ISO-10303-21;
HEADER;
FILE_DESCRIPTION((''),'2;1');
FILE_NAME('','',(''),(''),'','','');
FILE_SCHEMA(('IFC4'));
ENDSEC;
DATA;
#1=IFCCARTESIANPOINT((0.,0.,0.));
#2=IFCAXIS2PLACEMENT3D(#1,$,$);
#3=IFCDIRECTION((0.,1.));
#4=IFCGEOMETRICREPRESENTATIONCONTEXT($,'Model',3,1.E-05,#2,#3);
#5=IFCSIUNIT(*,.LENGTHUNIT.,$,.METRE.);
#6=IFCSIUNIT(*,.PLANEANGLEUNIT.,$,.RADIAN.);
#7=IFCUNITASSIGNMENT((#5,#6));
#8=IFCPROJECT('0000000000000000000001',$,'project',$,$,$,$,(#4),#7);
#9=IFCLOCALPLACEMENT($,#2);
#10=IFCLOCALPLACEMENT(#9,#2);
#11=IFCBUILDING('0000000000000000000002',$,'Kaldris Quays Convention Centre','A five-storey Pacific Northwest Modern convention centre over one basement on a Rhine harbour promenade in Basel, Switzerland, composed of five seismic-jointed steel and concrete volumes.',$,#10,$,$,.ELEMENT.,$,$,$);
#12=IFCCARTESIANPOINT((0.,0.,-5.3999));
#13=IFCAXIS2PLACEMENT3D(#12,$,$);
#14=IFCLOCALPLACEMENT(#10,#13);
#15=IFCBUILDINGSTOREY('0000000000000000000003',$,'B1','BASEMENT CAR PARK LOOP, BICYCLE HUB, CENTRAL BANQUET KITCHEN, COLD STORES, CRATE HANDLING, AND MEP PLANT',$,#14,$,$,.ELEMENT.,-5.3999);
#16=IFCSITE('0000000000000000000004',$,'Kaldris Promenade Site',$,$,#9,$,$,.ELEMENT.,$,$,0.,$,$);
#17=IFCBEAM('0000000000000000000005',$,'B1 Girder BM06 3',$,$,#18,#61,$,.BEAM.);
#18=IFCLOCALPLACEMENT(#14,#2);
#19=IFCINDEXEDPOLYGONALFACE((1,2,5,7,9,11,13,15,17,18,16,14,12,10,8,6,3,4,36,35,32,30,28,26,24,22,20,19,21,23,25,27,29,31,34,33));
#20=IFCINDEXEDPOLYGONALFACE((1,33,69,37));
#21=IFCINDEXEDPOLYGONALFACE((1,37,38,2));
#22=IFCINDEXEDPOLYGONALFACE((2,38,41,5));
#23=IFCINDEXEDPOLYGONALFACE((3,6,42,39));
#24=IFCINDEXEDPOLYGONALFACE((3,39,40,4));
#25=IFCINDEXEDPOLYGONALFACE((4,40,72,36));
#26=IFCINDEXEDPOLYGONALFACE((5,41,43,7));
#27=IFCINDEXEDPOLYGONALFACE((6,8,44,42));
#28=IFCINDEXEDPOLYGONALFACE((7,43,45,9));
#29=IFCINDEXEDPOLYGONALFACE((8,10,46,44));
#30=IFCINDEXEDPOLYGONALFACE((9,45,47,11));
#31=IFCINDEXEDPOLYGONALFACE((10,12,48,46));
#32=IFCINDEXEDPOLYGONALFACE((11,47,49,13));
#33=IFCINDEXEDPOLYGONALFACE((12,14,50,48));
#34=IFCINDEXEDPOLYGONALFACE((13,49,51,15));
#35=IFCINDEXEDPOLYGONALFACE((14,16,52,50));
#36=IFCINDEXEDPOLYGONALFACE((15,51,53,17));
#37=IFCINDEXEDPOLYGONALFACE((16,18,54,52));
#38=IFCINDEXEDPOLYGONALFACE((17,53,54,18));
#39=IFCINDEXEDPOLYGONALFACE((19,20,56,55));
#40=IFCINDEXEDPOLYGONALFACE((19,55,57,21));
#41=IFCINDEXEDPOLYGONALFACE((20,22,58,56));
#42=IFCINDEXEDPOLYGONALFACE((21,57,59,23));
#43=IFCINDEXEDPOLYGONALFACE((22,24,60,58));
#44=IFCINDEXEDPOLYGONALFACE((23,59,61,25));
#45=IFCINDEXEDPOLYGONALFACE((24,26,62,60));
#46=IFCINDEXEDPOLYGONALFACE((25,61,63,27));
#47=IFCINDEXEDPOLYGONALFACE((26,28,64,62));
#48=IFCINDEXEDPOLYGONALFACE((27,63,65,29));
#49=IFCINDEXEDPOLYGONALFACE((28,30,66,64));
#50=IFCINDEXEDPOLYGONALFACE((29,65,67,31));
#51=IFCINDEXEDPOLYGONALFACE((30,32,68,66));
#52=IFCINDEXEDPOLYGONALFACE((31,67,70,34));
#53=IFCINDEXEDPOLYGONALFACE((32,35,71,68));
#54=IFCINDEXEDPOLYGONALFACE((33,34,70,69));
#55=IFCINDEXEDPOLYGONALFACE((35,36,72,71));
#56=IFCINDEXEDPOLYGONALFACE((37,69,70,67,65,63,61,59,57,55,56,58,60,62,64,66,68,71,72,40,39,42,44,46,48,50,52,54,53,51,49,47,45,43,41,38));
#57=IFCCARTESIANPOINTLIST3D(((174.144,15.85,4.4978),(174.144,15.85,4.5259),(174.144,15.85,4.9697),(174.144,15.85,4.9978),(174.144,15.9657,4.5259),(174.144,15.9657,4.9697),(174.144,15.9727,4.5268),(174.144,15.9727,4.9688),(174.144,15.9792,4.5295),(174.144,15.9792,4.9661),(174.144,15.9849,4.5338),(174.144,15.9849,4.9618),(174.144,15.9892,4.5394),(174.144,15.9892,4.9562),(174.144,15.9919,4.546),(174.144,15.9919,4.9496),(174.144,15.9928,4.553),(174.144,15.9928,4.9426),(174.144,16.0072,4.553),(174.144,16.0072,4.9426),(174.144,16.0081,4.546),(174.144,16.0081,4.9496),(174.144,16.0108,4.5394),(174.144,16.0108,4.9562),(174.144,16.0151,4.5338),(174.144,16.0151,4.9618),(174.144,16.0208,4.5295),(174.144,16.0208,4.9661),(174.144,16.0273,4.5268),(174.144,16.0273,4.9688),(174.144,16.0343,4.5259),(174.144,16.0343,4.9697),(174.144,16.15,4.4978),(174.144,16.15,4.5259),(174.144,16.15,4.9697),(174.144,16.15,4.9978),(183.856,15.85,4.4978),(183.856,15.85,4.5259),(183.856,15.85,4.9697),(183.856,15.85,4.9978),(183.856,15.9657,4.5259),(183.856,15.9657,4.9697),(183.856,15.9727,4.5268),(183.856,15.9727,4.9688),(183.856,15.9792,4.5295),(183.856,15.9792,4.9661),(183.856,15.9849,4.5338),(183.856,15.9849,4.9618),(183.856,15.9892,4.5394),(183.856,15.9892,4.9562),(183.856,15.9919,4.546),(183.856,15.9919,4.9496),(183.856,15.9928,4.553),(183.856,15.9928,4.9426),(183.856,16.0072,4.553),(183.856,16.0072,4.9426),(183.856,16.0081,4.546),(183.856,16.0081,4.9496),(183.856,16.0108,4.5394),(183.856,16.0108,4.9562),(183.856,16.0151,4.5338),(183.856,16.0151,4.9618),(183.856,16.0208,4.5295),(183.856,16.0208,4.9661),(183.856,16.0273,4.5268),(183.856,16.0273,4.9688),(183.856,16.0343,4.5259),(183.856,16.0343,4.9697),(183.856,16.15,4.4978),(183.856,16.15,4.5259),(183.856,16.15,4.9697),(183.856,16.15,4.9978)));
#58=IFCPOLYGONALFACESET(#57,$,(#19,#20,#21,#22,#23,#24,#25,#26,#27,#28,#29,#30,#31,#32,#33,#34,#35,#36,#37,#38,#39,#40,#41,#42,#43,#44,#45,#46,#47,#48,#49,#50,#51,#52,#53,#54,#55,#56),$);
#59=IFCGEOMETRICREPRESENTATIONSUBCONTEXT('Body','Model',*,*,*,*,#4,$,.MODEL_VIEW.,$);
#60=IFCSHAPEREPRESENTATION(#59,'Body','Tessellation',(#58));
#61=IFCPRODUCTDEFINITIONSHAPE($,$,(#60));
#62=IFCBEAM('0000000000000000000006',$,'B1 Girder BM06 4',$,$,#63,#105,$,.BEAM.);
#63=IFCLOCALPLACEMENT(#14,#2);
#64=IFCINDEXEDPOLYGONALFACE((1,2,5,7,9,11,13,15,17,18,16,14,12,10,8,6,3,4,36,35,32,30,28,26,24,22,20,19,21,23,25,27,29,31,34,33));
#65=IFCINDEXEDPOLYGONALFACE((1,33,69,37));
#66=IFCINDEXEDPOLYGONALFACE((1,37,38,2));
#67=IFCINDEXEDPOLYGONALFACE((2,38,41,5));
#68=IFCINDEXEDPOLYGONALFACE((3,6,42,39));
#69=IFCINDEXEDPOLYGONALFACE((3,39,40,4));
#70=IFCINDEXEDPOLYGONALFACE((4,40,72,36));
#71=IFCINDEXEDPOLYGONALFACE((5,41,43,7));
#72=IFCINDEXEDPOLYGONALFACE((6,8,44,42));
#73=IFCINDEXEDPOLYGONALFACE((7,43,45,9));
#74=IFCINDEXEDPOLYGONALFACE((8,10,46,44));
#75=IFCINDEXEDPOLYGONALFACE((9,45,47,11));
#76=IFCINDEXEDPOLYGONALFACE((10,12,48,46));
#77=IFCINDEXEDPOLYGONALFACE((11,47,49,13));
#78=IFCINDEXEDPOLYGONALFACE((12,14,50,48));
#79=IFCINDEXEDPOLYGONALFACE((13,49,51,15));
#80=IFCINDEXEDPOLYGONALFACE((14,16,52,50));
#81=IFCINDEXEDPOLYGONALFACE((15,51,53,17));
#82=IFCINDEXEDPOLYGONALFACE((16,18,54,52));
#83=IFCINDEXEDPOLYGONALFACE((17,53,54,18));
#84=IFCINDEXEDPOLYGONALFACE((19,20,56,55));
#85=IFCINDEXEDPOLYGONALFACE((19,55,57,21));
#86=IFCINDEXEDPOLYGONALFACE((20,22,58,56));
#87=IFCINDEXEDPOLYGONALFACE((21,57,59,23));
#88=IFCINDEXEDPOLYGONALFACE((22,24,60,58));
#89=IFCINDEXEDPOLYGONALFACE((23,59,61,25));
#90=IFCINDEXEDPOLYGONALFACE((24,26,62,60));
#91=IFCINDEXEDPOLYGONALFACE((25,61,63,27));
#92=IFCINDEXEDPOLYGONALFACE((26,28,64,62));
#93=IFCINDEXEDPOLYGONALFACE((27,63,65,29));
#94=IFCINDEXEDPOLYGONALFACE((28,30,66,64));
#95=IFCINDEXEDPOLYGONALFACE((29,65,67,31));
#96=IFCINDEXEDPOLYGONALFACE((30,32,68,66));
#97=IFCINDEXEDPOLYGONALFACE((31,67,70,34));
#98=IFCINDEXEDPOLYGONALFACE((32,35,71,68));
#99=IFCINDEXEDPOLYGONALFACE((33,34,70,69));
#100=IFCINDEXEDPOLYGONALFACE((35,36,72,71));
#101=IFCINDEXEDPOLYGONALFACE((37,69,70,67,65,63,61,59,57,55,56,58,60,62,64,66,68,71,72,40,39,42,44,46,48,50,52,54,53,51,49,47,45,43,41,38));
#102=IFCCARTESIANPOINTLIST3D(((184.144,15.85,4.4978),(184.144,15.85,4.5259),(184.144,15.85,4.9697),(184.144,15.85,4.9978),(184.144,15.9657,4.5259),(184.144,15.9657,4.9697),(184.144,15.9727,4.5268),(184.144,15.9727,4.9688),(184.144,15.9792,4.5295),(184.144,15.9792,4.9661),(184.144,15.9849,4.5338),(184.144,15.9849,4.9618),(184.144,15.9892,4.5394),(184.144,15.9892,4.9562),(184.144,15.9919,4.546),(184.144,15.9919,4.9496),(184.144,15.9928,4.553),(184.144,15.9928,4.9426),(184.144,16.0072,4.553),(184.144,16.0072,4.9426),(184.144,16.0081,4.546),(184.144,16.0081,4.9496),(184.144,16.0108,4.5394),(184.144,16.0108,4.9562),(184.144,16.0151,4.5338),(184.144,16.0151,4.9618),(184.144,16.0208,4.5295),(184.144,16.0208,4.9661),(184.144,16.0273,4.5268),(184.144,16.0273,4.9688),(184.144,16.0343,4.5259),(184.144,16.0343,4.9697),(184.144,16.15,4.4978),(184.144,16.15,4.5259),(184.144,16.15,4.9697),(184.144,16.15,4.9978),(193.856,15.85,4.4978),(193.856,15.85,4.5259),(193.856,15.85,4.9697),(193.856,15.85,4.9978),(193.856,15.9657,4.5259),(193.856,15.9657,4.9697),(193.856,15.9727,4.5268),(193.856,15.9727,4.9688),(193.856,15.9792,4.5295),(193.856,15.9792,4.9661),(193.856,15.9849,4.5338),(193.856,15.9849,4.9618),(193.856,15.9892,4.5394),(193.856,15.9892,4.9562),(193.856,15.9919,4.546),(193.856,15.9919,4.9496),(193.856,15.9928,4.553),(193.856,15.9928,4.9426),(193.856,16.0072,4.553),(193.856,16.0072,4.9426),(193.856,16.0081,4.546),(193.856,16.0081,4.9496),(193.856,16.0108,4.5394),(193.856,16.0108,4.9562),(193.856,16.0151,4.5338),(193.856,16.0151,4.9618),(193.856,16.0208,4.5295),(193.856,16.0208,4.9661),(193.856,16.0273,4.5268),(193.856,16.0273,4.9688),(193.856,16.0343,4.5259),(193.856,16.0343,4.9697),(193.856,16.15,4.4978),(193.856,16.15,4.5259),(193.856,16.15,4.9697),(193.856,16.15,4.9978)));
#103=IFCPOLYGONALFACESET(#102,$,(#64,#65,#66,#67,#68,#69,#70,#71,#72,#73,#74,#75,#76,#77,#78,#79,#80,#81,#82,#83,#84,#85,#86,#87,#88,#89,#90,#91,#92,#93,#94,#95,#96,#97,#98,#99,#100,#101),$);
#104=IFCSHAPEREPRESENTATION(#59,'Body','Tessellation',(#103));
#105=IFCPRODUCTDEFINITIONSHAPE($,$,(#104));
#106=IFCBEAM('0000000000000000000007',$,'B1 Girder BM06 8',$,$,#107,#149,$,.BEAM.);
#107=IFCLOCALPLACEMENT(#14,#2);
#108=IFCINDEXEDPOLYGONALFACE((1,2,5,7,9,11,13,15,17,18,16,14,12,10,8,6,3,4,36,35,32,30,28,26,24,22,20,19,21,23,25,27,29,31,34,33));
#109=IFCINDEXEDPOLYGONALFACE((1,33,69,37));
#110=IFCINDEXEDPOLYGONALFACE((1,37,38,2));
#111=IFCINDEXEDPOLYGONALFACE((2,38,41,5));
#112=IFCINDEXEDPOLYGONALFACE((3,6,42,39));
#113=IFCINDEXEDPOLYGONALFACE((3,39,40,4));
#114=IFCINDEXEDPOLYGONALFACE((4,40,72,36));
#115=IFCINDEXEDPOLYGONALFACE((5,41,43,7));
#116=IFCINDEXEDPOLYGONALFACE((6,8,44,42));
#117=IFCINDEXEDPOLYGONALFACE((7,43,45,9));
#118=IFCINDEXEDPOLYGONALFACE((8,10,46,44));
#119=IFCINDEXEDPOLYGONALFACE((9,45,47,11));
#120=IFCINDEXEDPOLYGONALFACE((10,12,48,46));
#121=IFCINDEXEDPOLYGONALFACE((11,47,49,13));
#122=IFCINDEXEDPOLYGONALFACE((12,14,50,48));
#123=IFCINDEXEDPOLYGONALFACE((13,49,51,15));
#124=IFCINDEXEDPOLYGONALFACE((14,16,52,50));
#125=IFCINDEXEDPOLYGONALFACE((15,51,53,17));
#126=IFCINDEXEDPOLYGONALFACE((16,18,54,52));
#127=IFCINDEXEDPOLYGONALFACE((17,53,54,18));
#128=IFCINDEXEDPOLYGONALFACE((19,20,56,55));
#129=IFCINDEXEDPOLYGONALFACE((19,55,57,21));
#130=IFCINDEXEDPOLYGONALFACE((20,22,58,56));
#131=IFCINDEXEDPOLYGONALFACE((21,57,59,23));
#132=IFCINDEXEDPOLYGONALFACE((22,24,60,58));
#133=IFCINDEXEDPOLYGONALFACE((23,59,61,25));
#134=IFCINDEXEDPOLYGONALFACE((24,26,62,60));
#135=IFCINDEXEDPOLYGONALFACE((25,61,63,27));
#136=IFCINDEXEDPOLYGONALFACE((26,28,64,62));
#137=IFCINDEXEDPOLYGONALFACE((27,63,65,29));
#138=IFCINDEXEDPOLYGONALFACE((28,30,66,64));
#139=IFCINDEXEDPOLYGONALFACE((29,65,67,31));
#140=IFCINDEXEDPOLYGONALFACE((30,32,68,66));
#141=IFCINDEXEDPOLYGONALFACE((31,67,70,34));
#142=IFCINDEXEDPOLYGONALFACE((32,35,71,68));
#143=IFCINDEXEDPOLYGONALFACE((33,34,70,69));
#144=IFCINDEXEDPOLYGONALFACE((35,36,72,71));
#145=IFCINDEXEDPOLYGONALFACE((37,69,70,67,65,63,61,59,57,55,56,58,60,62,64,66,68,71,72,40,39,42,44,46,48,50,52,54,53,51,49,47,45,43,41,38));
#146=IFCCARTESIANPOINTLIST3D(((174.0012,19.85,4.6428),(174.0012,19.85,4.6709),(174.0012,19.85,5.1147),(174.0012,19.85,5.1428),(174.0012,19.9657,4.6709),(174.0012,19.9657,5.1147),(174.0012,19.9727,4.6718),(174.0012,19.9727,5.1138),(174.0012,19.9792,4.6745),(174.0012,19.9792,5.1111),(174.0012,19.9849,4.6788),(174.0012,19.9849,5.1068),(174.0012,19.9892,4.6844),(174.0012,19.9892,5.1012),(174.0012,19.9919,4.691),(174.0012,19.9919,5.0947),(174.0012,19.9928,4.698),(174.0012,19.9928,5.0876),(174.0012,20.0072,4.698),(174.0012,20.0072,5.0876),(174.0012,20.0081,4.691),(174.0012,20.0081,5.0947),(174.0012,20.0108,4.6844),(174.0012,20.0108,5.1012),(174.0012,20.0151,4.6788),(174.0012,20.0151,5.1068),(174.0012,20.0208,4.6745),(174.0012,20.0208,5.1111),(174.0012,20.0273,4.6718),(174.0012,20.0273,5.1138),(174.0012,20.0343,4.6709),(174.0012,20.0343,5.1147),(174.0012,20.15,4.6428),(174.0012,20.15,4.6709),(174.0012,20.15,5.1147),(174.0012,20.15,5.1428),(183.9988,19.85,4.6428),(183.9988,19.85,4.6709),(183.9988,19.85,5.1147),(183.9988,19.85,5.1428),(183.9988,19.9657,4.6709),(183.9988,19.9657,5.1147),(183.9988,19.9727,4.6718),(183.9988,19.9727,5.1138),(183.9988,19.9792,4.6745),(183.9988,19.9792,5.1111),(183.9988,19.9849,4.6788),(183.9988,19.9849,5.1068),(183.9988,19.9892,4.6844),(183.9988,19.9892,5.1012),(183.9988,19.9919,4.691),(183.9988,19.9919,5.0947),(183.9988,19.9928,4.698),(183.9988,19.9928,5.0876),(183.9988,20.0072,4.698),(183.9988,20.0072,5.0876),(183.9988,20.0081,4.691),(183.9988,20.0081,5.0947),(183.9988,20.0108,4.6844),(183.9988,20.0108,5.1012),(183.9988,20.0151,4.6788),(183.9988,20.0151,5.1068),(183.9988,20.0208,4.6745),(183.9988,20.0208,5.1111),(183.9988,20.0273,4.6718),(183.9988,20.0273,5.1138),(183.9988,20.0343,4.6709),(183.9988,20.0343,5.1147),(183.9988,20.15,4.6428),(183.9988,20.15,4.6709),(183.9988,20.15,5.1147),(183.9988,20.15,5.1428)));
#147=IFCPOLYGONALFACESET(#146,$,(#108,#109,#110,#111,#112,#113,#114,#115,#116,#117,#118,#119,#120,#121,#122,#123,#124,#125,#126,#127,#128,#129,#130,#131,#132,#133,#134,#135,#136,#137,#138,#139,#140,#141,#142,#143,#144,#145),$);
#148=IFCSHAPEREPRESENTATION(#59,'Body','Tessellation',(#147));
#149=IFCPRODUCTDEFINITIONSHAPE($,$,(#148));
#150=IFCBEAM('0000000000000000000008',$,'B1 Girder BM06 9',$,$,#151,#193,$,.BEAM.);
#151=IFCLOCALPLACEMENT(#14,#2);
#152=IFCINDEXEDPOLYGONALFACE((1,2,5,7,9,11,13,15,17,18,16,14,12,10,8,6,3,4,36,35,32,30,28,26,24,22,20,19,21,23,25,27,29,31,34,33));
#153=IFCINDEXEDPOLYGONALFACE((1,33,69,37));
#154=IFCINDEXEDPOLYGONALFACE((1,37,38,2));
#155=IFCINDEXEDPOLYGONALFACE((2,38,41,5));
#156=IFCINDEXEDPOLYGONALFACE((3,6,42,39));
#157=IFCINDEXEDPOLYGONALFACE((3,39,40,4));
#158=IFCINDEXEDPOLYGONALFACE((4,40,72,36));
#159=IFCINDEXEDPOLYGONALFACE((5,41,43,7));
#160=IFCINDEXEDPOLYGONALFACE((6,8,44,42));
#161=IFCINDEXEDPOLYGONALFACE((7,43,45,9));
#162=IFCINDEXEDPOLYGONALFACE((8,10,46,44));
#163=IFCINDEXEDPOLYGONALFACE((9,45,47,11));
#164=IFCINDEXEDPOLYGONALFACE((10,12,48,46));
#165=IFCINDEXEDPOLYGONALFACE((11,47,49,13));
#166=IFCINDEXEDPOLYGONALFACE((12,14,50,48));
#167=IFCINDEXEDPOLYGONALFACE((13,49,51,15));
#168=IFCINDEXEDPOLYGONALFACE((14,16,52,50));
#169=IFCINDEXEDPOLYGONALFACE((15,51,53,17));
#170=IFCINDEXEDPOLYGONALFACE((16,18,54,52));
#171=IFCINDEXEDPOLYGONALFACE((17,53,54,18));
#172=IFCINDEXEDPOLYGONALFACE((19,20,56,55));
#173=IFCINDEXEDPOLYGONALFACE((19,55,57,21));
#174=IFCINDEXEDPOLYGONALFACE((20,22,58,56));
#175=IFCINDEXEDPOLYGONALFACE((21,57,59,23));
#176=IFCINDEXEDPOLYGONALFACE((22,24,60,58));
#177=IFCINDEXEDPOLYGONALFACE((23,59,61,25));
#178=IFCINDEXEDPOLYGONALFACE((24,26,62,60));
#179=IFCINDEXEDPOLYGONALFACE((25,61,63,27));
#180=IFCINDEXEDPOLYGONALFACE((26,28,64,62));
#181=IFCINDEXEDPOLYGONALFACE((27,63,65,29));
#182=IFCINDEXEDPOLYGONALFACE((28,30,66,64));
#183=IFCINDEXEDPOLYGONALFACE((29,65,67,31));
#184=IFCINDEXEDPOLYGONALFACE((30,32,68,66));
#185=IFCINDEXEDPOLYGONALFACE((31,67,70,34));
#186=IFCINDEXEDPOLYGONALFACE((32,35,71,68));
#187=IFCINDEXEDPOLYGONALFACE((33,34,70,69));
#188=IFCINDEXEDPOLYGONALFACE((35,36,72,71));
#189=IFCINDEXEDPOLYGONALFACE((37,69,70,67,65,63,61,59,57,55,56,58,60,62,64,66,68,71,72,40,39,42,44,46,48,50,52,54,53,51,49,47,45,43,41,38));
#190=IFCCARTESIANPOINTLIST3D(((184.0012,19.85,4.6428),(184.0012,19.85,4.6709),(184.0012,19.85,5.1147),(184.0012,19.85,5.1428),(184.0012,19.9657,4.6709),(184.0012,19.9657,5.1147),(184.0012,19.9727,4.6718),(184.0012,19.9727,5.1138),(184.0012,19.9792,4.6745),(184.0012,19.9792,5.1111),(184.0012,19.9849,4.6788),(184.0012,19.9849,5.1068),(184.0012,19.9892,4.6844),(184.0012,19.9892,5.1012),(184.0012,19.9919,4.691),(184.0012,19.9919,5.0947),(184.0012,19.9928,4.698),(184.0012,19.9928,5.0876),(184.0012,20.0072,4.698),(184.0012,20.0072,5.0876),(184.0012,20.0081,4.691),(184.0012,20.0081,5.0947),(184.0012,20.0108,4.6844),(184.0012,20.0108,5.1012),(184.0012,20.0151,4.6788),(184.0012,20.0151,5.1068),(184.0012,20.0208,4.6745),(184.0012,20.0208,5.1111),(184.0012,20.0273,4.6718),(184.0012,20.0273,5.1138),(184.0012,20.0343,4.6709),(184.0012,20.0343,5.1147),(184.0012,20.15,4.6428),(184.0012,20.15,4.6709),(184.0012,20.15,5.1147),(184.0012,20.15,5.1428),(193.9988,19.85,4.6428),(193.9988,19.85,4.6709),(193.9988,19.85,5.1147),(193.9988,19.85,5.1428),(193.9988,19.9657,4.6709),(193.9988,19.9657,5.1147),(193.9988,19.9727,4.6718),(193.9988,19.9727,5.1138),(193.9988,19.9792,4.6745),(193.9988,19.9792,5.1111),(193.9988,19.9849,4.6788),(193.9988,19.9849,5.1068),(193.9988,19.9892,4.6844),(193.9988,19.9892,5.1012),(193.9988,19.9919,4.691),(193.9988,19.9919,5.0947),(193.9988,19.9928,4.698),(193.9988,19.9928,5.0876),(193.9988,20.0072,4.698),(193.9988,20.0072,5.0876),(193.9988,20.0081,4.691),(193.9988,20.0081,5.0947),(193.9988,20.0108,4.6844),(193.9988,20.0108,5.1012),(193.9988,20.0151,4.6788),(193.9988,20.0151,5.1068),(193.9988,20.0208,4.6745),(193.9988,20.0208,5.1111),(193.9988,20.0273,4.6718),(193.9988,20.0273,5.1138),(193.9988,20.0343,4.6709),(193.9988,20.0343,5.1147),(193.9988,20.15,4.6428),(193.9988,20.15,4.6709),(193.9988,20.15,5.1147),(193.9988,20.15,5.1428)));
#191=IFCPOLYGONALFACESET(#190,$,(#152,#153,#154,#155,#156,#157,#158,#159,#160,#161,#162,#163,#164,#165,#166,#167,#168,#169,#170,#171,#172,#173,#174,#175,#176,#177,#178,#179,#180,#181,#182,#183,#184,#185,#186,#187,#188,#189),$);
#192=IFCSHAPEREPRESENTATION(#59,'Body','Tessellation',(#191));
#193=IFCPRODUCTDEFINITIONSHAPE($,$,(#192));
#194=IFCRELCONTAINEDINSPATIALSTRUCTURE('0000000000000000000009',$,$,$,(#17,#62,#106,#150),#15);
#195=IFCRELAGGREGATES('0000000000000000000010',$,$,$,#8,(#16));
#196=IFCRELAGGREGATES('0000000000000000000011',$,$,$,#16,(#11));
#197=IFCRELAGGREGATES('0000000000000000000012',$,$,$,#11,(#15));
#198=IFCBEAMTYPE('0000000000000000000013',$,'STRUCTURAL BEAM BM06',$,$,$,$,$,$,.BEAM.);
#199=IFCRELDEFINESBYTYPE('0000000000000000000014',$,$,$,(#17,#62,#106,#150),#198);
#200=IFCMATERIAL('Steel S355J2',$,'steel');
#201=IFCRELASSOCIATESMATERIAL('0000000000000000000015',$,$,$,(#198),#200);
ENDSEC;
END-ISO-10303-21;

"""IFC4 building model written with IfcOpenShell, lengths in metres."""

from ifc_helpers import new_model, si_unit, direction, frame, origin, origin_2d, place, context, subcontext, project, spatial, i_section, extrude, material, material_profile, profile_set, type_object, element, save


model = new_model("IFC4")

# Units and contexts
model_context = context("Model", 3, precision=1e-05, world=origin(), true_north=direction((0.0, 1.0)))
body_context = subcontext(model_context, "Body", "Model", "MODEL_VIEW")
ifc_project = project(units=[si_unit("LENGTHUNIT", "METRE"), si_unit("PLANEANGLEUNIT", "RADIAN")], contexts=[model_context])

# Site, building, storey
site_placement = place(None, origin())
site = spatial("IfcSite", under=ifc_project, at=site_placement, Name="Kaldris Promenade Site", CompositionType="ELEMENT", RefElevation=0.0)
building_placement = place(site_placement, origin())
building = spatial("IfcBuilding", under=site, at=building_placement, Name="Kaldris Quays Convention Centre", Description="A five-storey Pacific Northwest Modern convention centre over one basement on a Rhine harbour promenade in Basel, Switzerland, composed of five seismic-jointed steel and concrete volumes.", CompositionType="ELEMENT")
storey_placement = place(building_placement, frame((0.0, 0.0, -5.3999)))
storey = spatial("IfcBuildingStorey", under=building, at=storey_placement, Name="B1", Description="BASEMENT CAR PARK LOOP, BICYCLE HUB, CENTRAL BANQUET KITCHEN, COLD STORES, CRATE HANDLING, AND MEP PLANT", CompositionType="ELEMENT", Elevation=-5.3999)

# Shared definitions
ifc_material_1 = material(Name="Steel S355J2", Category="steel")

# Beams
ifc_material_profile_1 = material_profile(ifc_material_1, i_section(OverallWidth=0.3, OverallDepth=0.5, WebThickness=0.0144, FlangeThickness=0.0281, FilletRadius=0.0271, at=origin_2d()), Name="HEB 500")
ifc_profile_set_1 = profile_set([ifc_material_profile_1], Name="Steel S355J2")
beam_type_1 = type_object("IfcBeamType", Name="STRUCTURAL BEAM BM06", PredefinedType="BEAM", material=ifc_profile_set_1)
for number, where, z_axis, x_axis, name in (
    (1, (174.144, 16.0, 4.7478), (1.0, 0.0, 0.0), (0.0, 1.0, 0.0), "B1 Girder BM06 3"),
    (2, (184.144, 16.0, 4.7478), (1.0, 0.0, 0.0), (0.0, 1.0, 0.0), "B1 Girder BM06 4"),
):
    element("IfcBeam", number, at=place(storey_placement, frame(where, z_axis=z_axis, x_axis=x_axis)), inside=storey, type_object=beam_type_1, Name=name, PredefinedType="BEAM", context=body_context, shape_type="SweptSolid", body=[
        extrude(i_section(OverallWidth=0.3, OverallDepth=0.5, WebThickness=0.0144, FlangeThickness=0.0281, FilletRadius=0.0271, at=origin_2d()), origin(), (0.0, 0.0, 1.0), 9.7119),
    ])
for number, where, z_axis, x_axis, name in (
    (3, (174.0012, 20.0, 4.8928), (1.0, 0.0, 0.0), (0.0, 1.0, 0.0), "B1 Girder BM06 8"),
    (4, (184.0012, 20.0, 4.8928), (1.0, 0.0, 0.0), (0.0, 1.0, 0.0), "B1 Girder BM06 9"),
):
    element("IfcBeam", number, at=place(storey_placement, frame(where, z_axis=z_axis, x_axis=x_axis)), inside=storey, type_object=beam_type_1, Name=name, PredefinedType="BEAM", context=body_context, shape_type="SweptSolid", body=[
        extrude(i_section(OverallWidth=0.3, OverallDepth=0.5, WebThickness=0.0144, FlangeThickness=0.0281, FilletRadius=0.0271, at=origin_2d()), origin(), (0.0, 0.0, 1.0), 9.9976),
    ])

save(model, "model.ifc")
